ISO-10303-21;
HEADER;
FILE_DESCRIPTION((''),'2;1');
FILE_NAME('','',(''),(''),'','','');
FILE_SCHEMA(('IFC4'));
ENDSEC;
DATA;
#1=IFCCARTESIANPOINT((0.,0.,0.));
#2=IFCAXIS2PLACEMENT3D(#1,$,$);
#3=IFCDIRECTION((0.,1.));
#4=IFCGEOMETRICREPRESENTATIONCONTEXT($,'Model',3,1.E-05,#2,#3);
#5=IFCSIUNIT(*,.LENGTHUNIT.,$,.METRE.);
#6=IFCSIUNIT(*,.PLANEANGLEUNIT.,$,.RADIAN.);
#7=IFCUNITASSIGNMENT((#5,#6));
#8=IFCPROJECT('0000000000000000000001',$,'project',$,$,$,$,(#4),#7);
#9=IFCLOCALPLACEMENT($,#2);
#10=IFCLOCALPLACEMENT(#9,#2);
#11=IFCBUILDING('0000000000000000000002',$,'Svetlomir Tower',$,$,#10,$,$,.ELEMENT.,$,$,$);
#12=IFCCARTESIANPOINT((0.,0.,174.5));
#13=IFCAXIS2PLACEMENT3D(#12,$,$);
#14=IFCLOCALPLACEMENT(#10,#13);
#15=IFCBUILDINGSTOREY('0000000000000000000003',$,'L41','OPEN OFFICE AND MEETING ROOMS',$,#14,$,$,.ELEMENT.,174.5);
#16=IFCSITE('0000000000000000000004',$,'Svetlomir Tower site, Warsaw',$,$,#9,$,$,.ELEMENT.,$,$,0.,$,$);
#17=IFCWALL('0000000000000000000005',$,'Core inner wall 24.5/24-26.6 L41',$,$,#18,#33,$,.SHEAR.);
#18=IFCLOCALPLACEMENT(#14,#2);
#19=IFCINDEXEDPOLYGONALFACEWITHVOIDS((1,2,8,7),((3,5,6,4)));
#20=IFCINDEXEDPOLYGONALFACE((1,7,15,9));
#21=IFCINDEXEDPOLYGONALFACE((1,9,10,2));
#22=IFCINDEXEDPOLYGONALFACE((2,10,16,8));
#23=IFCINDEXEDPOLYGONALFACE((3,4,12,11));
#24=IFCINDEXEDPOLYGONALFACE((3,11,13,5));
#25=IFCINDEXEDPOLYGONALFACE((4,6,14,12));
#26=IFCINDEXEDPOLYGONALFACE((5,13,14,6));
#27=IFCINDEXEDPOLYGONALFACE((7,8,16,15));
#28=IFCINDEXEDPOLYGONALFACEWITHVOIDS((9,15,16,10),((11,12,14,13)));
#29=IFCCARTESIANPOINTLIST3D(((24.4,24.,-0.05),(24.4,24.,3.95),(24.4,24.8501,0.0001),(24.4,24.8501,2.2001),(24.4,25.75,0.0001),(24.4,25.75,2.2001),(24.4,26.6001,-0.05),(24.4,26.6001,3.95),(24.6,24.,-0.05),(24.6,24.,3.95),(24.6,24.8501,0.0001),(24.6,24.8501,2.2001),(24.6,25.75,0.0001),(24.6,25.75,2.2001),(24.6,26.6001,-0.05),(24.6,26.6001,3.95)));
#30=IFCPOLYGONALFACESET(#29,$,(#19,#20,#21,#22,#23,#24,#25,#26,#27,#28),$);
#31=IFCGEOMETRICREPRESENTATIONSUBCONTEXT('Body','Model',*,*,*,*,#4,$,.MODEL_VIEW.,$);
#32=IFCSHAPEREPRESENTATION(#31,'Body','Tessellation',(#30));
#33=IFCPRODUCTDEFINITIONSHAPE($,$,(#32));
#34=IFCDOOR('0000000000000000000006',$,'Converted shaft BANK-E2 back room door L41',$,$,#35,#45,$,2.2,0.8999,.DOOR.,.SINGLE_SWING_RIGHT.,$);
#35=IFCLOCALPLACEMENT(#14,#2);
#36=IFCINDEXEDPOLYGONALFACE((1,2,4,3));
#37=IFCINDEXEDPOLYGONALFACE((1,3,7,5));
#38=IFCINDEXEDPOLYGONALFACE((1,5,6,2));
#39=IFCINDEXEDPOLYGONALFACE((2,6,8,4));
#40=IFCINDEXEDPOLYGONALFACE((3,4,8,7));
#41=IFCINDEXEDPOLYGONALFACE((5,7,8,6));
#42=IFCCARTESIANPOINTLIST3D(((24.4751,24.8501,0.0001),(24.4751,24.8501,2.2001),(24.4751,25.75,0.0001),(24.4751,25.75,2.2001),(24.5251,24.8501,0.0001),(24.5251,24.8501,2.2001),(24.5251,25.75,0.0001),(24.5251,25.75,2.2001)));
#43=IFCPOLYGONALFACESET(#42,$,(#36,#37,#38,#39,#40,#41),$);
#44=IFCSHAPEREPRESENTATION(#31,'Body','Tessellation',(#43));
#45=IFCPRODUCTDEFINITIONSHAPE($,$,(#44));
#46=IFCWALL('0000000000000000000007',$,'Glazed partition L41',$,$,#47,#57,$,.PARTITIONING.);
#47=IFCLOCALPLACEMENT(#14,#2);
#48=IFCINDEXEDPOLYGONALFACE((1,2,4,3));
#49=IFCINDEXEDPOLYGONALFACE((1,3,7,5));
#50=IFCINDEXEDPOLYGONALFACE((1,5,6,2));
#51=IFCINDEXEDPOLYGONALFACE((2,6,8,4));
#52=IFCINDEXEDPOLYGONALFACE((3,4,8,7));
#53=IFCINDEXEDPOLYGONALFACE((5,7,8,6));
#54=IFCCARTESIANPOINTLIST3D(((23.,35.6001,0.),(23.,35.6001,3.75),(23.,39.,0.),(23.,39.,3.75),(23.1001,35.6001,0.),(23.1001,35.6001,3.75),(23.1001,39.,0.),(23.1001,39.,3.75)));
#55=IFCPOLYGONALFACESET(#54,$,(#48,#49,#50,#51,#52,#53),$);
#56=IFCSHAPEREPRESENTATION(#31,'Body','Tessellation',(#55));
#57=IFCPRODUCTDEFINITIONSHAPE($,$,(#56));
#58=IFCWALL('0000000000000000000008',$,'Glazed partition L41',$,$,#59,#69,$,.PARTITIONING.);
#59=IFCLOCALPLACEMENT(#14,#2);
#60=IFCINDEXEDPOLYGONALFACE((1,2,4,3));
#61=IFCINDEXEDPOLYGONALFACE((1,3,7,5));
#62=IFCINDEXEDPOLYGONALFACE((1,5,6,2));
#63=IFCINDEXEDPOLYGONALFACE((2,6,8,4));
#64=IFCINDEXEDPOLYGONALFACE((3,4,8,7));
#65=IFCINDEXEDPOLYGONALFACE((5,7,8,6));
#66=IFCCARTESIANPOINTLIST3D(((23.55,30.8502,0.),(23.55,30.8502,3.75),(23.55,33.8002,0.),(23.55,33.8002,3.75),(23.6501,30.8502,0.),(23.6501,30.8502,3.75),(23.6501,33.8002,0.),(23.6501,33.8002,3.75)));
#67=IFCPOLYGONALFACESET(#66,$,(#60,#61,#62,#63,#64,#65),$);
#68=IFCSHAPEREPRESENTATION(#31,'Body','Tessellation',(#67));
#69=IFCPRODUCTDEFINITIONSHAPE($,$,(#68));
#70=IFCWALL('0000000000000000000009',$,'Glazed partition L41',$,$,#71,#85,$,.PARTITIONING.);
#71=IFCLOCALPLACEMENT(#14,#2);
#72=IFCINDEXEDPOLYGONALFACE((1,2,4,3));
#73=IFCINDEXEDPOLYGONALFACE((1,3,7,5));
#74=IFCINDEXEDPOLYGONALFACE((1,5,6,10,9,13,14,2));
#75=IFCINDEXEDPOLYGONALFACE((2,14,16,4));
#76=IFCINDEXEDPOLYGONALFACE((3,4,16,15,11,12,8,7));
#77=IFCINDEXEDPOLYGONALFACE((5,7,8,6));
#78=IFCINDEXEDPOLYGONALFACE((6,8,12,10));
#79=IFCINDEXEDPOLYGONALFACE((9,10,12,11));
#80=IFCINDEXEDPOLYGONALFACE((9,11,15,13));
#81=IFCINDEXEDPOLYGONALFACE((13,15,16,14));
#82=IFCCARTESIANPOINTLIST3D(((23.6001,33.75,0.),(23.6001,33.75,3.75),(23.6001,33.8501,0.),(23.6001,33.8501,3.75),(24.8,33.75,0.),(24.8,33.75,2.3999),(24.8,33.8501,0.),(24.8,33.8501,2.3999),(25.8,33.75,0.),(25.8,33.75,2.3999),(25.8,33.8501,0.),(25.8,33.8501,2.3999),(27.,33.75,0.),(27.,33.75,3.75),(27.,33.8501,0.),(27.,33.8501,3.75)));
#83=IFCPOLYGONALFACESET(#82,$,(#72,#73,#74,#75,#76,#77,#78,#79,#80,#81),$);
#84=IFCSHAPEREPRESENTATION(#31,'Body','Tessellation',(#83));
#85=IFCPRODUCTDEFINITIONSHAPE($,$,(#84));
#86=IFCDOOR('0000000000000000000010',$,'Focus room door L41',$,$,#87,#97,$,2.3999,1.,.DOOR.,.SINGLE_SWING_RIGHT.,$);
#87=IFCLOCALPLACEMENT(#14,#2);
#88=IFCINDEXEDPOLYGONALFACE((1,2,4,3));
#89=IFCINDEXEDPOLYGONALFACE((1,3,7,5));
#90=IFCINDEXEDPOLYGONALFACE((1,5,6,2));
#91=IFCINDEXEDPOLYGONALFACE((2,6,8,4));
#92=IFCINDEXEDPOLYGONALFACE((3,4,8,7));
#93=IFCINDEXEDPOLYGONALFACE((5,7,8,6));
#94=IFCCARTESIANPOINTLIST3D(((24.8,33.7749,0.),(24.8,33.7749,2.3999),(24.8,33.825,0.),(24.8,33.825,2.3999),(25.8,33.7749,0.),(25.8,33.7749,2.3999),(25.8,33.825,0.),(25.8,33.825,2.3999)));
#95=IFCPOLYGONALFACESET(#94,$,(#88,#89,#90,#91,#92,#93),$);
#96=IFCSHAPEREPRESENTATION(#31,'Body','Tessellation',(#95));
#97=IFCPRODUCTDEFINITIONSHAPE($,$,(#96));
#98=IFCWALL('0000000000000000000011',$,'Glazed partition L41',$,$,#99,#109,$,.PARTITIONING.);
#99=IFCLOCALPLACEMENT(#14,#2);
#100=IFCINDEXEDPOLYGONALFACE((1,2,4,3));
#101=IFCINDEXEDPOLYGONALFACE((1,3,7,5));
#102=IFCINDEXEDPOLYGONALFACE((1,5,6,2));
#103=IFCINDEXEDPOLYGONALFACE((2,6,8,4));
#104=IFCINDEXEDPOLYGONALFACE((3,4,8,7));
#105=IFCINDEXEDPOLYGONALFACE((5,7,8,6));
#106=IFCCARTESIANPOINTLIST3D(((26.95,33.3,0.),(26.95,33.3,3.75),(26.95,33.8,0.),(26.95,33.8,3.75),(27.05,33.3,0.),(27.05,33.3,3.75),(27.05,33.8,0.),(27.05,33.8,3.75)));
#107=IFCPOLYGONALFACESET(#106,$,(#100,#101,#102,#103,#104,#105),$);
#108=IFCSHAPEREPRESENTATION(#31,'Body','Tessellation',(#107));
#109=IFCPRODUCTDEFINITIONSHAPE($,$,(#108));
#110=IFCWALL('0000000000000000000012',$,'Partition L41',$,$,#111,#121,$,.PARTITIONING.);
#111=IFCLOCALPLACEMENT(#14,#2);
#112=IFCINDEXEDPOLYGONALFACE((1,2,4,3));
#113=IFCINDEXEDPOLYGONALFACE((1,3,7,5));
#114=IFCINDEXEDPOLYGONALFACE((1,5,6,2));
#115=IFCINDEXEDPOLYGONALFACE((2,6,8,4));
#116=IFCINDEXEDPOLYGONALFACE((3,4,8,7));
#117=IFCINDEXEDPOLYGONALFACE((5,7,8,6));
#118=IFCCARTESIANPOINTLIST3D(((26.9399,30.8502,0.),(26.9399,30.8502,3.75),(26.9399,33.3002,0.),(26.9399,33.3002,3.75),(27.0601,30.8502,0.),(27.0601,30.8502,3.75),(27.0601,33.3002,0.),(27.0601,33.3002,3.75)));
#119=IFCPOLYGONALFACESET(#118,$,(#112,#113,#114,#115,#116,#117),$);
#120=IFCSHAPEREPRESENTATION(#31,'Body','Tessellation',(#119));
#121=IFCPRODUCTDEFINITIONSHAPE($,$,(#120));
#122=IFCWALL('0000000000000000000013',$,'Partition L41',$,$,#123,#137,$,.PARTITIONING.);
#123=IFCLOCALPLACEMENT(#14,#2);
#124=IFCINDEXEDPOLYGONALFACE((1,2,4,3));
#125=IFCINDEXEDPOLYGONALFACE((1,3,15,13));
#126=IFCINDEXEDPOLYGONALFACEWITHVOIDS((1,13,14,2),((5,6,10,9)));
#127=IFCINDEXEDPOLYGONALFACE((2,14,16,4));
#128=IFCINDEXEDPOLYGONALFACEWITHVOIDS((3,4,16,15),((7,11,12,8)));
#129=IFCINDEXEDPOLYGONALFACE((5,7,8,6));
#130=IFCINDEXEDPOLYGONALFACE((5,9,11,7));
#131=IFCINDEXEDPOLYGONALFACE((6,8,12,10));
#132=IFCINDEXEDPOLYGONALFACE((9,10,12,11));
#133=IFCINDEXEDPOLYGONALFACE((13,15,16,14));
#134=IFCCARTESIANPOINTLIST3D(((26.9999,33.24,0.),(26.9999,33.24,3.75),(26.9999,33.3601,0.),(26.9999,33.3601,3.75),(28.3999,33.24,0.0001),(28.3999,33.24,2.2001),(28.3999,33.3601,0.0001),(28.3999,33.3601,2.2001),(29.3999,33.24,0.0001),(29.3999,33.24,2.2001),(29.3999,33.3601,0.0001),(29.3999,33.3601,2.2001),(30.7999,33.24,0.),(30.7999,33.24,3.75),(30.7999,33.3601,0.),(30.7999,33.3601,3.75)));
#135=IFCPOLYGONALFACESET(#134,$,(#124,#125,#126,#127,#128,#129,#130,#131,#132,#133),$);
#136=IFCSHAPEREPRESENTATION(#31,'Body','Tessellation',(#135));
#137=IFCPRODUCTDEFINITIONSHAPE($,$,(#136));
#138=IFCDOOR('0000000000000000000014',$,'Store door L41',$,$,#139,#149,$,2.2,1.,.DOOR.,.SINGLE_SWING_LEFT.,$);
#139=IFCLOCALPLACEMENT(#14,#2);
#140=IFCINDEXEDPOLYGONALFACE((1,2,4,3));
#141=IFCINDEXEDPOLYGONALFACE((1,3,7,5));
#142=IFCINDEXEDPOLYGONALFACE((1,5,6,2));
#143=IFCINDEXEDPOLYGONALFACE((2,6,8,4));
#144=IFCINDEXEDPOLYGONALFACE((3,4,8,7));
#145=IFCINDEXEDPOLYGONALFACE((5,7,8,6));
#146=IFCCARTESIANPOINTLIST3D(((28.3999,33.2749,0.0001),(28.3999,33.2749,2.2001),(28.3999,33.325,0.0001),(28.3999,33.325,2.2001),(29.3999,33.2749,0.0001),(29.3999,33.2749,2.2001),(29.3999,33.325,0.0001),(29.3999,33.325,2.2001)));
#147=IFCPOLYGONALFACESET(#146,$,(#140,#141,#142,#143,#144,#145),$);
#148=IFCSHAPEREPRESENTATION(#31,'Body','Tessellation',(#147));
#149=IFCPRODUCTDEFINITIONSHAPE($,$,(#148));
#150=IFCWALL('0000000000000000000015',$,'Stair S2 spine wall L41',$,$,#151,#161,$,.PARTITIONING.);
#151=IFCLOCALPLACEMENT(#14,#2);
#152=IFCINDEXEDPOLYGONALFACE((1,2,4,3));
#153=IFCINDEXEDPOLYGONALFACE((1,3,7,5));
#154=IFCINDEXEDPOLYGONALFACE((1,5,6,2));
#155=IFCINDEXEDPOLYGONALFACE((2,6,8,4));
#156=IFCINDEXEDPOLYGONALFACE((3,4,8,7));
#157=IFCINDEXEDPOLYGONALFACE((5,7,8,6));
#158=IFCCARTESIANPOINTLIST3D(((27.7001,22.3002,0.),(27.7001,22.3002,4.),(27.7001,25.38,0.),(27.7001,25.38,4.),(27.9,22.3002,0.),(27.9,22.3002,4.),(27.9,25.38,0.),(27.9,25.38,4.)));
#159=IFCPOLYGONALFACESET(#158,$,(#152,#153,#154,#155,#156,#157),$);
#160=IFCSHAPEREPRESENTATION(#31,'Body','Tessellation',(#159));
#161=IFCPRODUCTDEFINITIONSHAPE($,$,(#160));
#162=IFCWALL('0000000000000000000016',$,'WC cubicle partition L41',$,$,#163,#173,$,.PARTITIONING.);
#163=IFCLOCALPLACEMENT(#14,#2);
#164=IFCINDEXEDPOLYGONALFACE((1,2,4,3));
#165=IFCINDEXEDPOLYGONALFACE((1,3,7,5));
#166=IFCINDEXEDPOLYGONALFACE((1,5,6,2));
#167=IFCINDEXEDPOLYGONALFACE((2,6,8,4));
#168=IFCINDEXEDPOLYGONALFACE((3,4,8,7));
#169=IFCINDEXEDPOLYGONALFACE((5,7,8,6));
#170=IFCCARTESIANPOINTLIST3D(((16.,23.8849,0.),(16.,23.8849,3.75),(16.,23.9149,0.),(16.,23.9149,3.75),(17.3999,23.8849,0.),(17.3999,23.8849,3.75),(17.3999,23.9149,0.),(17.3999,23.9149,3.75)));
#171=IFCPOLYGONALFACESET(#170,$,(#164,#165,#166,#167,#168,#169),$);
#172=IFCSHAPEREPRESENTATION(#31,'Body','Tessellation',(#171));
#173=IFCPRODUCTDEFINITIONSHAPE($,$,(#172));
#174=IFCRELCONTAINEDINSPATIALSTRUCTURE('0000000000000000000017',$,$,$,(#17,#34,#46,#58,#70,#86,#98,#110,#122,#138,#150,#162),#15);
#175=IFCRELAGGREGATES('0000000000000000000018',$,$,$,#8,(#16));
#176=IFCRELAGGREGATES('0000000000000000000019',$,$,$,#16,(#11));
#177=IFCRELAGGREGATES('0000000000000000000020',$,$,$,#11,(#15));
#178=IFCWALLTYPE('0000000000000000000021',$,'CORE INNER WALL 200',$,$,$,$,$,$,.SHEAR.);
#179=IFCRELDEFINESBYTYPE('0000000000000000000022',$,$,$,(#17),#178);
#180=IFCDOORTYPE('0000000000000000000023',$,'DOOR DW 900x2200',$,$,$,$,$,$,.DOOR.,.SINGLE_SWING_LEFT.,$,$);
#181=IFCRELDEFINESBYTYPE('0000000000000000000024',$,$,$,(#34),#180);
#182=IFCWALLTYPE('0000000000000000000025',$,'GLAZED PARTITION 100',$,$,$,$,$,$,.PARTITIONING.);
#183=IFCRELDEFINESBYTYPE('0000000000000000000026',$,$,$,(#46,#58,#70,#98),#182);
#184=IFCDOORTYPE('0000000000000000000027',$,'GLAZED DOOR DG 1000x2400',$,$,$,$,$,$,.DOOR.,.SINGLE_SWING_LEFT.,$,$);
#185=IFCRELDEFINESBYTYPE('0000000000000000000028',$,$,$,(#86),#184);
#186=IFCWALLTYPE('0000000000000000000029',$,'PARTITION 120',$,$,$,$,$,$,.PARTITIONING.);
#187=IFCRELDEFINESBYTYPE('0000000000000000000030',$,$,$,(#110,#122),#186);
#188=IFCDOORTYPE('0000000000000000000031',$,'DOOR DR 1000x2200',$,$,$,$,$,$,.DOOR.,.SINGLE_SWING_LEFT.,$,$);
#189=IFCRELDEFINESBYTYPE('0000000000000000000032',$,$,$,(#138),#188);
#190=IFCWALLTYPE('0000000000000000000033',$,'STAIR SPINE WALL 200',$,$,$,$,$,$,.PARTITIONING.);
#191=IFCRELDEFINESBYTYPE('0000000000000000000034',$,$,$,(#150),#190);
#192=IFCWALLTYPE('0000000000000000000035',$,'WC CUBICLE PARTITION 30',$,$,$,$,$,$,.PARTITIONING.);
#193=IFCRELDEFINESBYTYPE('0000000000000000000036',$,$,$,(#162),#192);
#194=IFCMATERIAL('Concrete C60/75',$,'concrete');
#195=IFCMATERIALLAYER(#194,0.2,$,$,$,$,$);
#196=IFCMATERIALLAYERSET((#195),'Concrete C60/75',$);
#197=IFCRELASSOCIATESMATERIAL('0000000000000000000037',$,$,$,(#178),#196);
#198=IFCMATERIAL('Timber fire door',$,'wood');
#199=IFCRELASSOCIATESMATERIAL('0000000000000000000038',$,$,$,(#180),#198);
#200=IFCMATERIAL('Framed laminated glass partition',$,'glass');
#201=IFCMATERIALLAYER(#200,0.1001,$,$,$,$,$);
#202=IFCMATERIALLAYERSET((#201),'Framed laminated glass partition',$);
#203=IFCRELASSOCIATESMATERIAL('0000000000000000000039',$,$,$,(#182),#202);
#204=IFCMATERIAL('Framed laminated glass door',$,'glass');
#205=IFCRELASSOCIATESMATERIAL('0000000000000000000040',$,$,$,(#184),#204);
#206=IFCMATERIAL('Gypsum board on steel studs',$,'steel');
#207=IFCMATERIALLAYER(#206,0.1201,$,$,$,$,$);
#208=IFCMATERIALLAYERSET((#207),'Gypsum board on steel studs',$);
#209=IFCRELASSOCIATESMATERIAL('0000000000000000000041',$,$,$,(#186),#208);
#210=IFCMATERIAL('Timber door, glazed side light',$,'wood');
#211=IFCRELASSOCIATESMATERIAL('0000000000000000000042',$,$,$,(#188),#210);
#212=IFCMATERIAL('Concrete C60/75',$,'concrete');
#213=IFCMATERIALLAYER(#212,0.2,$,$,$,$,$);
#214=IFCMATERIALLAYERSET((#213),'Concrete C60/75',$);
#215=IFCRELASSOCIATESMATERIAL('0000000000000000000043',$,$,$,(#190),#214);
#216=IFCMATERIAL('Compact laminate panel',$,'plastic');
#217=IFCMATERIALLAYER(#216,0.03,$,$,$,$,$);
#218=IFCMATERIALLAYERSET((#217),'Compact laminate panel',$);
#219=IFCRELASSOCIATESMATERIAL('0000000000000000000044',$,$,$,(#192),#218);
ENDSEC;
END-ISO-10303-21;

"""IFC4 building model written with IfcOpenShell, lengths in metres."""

from ifc_helpers import new_model, si_unit, direction, frame, frame_2d, origin, place, context, subcontext, project, spatial, rectangle, extrude, material, layer, layer_set, type_object, element, fill, save


model = new_model("IFC4")

# Units and contexts
model_context = context("Model", 3, precision=1e-05, world=origin(), true_north=direction((0.0, 1.0)))
body_context = subcontext(model_context, "Body", "Model", "MODEL_VIEW")
ifc_project = project(units=[si_unit("LENGTHUNIT", "METRE"), si_unit("PLANEANGLEUNIT", "RADIAN")], contexts=[model_context])

# Site, building, storey
site_placement = place(None, origin())
site = spatial("IfcSite", under=ifc_project, at=site_placement, Name="Svetlomir Tower site, Warsaw", CompositionType="ELEMENT", RefElevation=0.0)
building_placement = place(site_placement, origin())
building = spatial("IfcBuilding", under=site, at=building_placement, Name="Svetlomir Tower", CompositionType="ELEMENT")
storey_placement = place(building_placement, frame((0.0, 0.0, 174.5)))
storey = spatial("IfcBuildingStorey", under=building, at=storey_placement, Name="L41", Description="OPEN OFFICE AND MEETING ROOMS", CompositionType="ELEMENT", Elevation=174.5)

# Shared definitions
ifc_material_1 = material(Name="Concrete C60/75", Category="concrete")
ifc_layer_1 = layer(ifc_material_1, 0.2)
ifc_layer_set_1 = layer_set([ifc_layer_1], Name="Concrete C60/75")
wall_type_1 = type_object("IfcWallType", Name="CORE INNER WALL 200", PredefinedType="SHEAR", material=ifc_layer_set_1)

# Wall, opening, door
ifc_material_2 = material(Name="Timber fire door", Category="wood")
door_type_1 = type_object("IfcDoorType", Name="DOOR DW 900x2200", OperationType="SINGLE_SWING_LEFT", PredefinedType="DOOR", material=ifc_material_2)
wall_1_placement = place(storey_placement, frame((24.5, 24.0, -0.05), z_axis=(0.0, 0.0, 1.0), x_axis=(0.0, 1.0, 0.0)))
wall_1 = element("IfcWall", 1, at=wall_1_placement, inside=storey, type_object=wall_type_1, Name="Core inner wall 24.5/24-26.6 L41", PredefinedType="SHEAR", context=body_context, shape_type="SweptSolid", body=[
    extrude(rectangle(XDim=2.6001, YDim=0.2, at=frame_2d((1.3, 0.0))), origin(), (0.0, 0.0, 1.0), 4.0),
])
opening_1_placement = place(wall_1_placement, frame((0.8501, 0.0, 0.05)))
opening_1 = element("IfcOpeningElement", 2, at=opening_1_placement, cuts=wall_1, PredefinedType="OPENING", context=body_context, shape_type="SweptSolid", body=[
    extrude(rectangle(XDim=0.8999, YDim=2.2, at=frame_2d((0.45, 1.1001))), frame((0.0, 0.1099, 0.0), z_axis=(0.0, -1.0, 0.0), x_axis=(1.0, 0.0, 0.0)), (0.0, 0.0, 1.0), 0.22),
])
door_1_placement = place(opening_1_placement, origin())
door_1 = element("IfcDoor", 3, at=door_1_placement, inside=storey, type_object=door_type_1, Name="Converted shaft BANK-E2 back room door L41", OperationType="SINGLE_SWING_RIGHT", OverallHeight=2.2, OverallWidth=0.8999, PredefinedType="DOOR", context=body_context, shape_type="SweptSolid", body=[
    extrude(rectangle(XDim=0.8999, YDim=2.2, at=frame_2d((0.45, 1.1001))), frame((0.0, 0.0249, 0.0), z_axis=(0.0, -1.0, 0.0), x_axis=(1.0, 0.0, 0.0)), (0.0, 0.0, 1.0), 0.05),
])
fill(opening_1, door_1)

# Walls
ifc_material_3 = material(Name="Framed laminated glass partition", Category="glass")
ifc_layer_2 = layer(ifc_material_3, 0.1001)
ifc_layer_set_2 = layer_set([ifc_layer_2], Name="Framed laminated glass partition")
wall_type_2 = type_object("IfcWallType", Name="GLAZED PARTITION 100", PredefinedType="PARTITIONING", material=ifc_layer_set_2)
wall_2_placement = place(storey_placement, frame((23.05, 35.6001, 0.0), z_axis=(0.0, 0.0, 1.0), x_axis=(0.0, 1.0, 0.0)))
element("IfcWall", 4, at=wall_2_placement, inside=storey, type_object=wall_type_2, Name="Glazed partition L41", PredefinedType="PARTITIONING", context=body_context, shape_type="SweptSolid", body=[
    extrude(rectangle(XDim=3.3999, YDim=0.1001, at=frame_2d((1.7, 0.0))), origin(), (0.0, 0.0, 1.0), 3.75),
])
wall_3_placement = place(storey_placement, frame((23.6001, 30.8501, 0.0), z_axis=(0.0, 0.0, 1.0), x_axis=(0.0, 1.0, 0.0)))
element("IfcWall", 5, at=wall_3_placement, inside=storey, type_object=wall_type_2, Name="Glazed partition L41", PredefinedType="PARTITIONING", context=body_context, shape_type="SweptSolid", body=[
    extrude(rectangle(XDim=2.95, YDim=0.1001, at=frame_2d((1.4751, 0.0))), origin(), (0.0, 0.0, 1.0), 3.75),
])

# Wall, opening, door
wall_4_placement = place(storey_placement, frame((23.6001, 33.8, 0.0), z_axis=(0.0, 0.0, 1.0), x_axis=(1.0, 0.0, 0.0)))
wall_4 = element("IfcWall", 6, at=wall_4_placement, inside=storey, type_object=wall_type_2, Name="Glazed partition L41", PredefinedType="PARTITIONING", context=body_context, shape_type="SweptSolid", body=[
    extrude(rectangle(XDim=3.3999, YDim=0.1001, at=frame_2d((1.7, 0.0))), origin(), (0.0, 0.0, 1.0), 3.75),
])
opening_2_placement = place(wall_4_placement, frame((1.2, 0.0, 0.0)))
opening_2 = element("IfcOpeningElement", 7, at=opening_2_placement, cuts=wall_4, PredefinedType="OPENING", context=body_context, shape_type="SweptSolid", body=[
    extrude(rectangle(XDim=1.0, YDim=2.3999, at=frame_2d((0.5, 1.2))), frame((0.0, 0.0601, 0.0), z_axis=(0.0, -1.0, 0.0), x_axis=(1.0, 0.0, 0.0)), (0.0, 0.0, 1.0), 0.1201),
])
ifc_material_4 = material(Name="Framed laminated glass door", Category="glass")
door_type_2 = type_object("IfcDoorType", Name="GLAZED DOOR DG 1000x2400", OperationType="SINGLE_SWING_LEFT", PredefinedType="DOOR", material=ifc_material_4)
door_2_placement = place(opening_2_placement, origin())
door_2 = element("IfcDoor", 8, at=door_2_placement, inside=storey, type_object=door_type_2, Name="Focus room door L41", OperationType="SINGLE_SWING_RIGHT", OverallHeight=2.3999, OverallWidth=1.0, PredefinedType="DOOR", context=body_context, shape_type="SweptSolid", body=[
    extrude(rectangle(XDim=1.0, YDim=2.3999, at=frame_2d((0.5, 1.2))), frame((0.0, 0.0249, 0.0), z_axis=(0.0, -1.0, 0.0), x_axis=(1.0, 0.0, 0.0)), (0.0, 0.0, 1.0), 0.05),
])
fill(opening_2, door_2)

# Walls
wall_5_placement = place(storey_placement, frame((27.0, 33.3, 0.0), z_axis=(0.0, 0.0, 1.0), x_axis=(0.0, 1.0, 0.0)))
element("IfcWall", 9, at=wall_5_placement, inside=storey, type_object=wall_type_2, Name="Glazed partition L41", PredefinedType="PARTITIONING", context=body_context, shape_type="SweptSolid", body=[
    extrude(rectangle(XDim=0.5, YDim=0.1001, at=frame_2d((0.25, 0.0))), origin(), (0.0, 0.0, 1.0), 3.75),
])
ifc_material_5 = material(Name="Gypsum board on steel studs", Category="steel")
ifc_layer_3 = layer(ifc_material_5, 0.1201)
ifc_layer_set_3 = layer_set([ifc_layer_3], Name="Gypsum board on steel studs")
wall_type_3 = type_object("IfcWallType", Name="PARTITION 120", PredefinedType="PARTITIONING", material=ifc_layer_set_3)
wall_6_placement = place(storey_placement, frame((27.0, 30.8501, 0.0), z_axis=(0.0, 0.0, 1.0), x_axis=(0.0, 1.0, 0.0)))
element("IfcWall", 10, at=wall_6_placement, inside=storey, type_object=wall_type_3, Name="Partition L41", PredefinedType="PARTITIONING", context=body_context, shape_type="SweptSolid", body=[
    extrude(rectangle(XDim=2.45, YDim=0.1201, at=frame_2d((1.2251, 0.0))), origin(), (0.0, 0.0, 1.0), 3.75),
])

# Wall, opening, door
wall_7_placement = place(storey_placement, frame((27.0, 33.3, 0.0), z_axis=(0.0, 0.0, 1.0), x_axis=(1.0, 0.0, 0.0)))
wall_7 = element("IfcWall", 11, at=wall_7_placement, inside=storey, type_object=wall_type_3, Name="Partition L41", PredefinedType="PARTITIONING", context=body_context, shape_type="SweptSolid", body=[
    extrude(rectangle(XDim=3.8, YDim=0.1201, at=frame_2d((1.8999, 0.0))), origin(), (0.0, 0.0, 1.0), 3.75),
])
opening_3_placement = place(wall_7_placement, frame((1.3999, 0.0, 0.0)))
opening_3 = element("IfcOpeningElement", 12, at=opening_3_placement, cuts=wall_7, PredefinedType="OPENING", context=body_context, shape_type="SweptSolid", body=[
    extrude(rectangle(XDim=1.0, YDim=2.2, at=frame_2d((0.5, 1.1001))), frame((0.0, 0.0701, 0.0), z_axis=(0.0, -1.0, 0.0), x_axis=(1.0, 0.0, 0.0)), (0.0, 0.0, 1.0), 0.1401),
])
ifc_material_6 = material(Name="Timber door, glazed side light", Category="wood")
door_type_3 = type_object("IfcDoorType", Name="DOOR DR 1000x2200", OperationType="SINGLE_SWING_LEFT", PredefinedType="DOOR", material=ifc_material_6)
door_3_placement = place(opening_3_placement, origin())
door_3 = element("IfcDoor", 13, at=door_3_placement, inside=storey, type_object=door_type_3, Name="Store door L41", OperationType="SINGLE_SWING_LEFT", OverallHeight=2.2, OverallWidth=1.0, PredefinedType="DOOR", context=body_context, shape_type="SweptSolid", body=[
    extrude(rectangle(XDim=1.0, YDim=2.2, at=frame_2d((0.5, 1.1001))), frame((0.0, 0.0249, 0.0), z_axis=(0.0, -1.0, 0.0), x_axis=(1.0, 0.0, 0.0)), (0.0, 0.0, 1.0), 0.05),
])
fill(opening_3, door_3)

# Walls
ifc_material_7 = material(Name="Concrete C60/75", Category="concrete")
ifc_layer_4 = layer(ifc_material_7, 0.2)
ifc_layer_set_4 = layer_set([ifc_layer_4], Name="Concrete C60/75")
wall_type_4 = type_object("IfcWallType", Name="STAIR SPINE WALL 200", PredefinedType="PARTITIONING", material=ifc_layer_set_4)
wall_8_placement = place(storey_placement, frame((27.8, 22.3, 0.0), z_axis=(0.0, 0.0, 1.0), x_axis=(0.0, 1.0, 0.0)))
element("IfcWall", 14, at=wall_8_placement, inside=storey, type_object=wall_type_4, Name="Stair S2 spine wall L41", PredefinedType="PARTITIONING", context=body_context, shape_type="SweptSolid", body=[
    extrude(rectangle(XDim=3.0798, YDim=0.2, at=frame_2d((1.54, 0.0))), origin(), (0.0, 0.0, 1.0), 4.0),
])
ifc_material_8 = material(Name="Compact laminate panel", Category="plastic")
ifc_layer_5 = layer(ifc_material_8, 0.03)
ifc_layer_set_5 = layer_set([ifc_layer_5], Name="Compact laminate panel")
wall_type_5 = type_object("IfcWallType", Name="WC CUBICLE PARTITION 30", PredefinedType="PARTITIONING", material=ifc_layer_set_5)
wall_9_placement = place(storey_placement, frame((16.0, 23.8999, 0.0), z_axis=(0.0, 0.0, 1.0), x_axis=(1.0, 0.0, 0.0)))
element("IfcWall", 15, at=wall_9_placement, inside=storey, type_object=wall_type_5, Name="WC cubicle partition L41", PredefinedType="PARTITIONING", context=body_context, shape_type="SweptSolid", body=[
    extrude(rectangle(XDim=1.3999, YDim=0.03, at=frame_2d((0.7, 0.0))), origin(), (0.0, 0.0, 1.0), 3.75),
])

save(model, "model.ifc")
